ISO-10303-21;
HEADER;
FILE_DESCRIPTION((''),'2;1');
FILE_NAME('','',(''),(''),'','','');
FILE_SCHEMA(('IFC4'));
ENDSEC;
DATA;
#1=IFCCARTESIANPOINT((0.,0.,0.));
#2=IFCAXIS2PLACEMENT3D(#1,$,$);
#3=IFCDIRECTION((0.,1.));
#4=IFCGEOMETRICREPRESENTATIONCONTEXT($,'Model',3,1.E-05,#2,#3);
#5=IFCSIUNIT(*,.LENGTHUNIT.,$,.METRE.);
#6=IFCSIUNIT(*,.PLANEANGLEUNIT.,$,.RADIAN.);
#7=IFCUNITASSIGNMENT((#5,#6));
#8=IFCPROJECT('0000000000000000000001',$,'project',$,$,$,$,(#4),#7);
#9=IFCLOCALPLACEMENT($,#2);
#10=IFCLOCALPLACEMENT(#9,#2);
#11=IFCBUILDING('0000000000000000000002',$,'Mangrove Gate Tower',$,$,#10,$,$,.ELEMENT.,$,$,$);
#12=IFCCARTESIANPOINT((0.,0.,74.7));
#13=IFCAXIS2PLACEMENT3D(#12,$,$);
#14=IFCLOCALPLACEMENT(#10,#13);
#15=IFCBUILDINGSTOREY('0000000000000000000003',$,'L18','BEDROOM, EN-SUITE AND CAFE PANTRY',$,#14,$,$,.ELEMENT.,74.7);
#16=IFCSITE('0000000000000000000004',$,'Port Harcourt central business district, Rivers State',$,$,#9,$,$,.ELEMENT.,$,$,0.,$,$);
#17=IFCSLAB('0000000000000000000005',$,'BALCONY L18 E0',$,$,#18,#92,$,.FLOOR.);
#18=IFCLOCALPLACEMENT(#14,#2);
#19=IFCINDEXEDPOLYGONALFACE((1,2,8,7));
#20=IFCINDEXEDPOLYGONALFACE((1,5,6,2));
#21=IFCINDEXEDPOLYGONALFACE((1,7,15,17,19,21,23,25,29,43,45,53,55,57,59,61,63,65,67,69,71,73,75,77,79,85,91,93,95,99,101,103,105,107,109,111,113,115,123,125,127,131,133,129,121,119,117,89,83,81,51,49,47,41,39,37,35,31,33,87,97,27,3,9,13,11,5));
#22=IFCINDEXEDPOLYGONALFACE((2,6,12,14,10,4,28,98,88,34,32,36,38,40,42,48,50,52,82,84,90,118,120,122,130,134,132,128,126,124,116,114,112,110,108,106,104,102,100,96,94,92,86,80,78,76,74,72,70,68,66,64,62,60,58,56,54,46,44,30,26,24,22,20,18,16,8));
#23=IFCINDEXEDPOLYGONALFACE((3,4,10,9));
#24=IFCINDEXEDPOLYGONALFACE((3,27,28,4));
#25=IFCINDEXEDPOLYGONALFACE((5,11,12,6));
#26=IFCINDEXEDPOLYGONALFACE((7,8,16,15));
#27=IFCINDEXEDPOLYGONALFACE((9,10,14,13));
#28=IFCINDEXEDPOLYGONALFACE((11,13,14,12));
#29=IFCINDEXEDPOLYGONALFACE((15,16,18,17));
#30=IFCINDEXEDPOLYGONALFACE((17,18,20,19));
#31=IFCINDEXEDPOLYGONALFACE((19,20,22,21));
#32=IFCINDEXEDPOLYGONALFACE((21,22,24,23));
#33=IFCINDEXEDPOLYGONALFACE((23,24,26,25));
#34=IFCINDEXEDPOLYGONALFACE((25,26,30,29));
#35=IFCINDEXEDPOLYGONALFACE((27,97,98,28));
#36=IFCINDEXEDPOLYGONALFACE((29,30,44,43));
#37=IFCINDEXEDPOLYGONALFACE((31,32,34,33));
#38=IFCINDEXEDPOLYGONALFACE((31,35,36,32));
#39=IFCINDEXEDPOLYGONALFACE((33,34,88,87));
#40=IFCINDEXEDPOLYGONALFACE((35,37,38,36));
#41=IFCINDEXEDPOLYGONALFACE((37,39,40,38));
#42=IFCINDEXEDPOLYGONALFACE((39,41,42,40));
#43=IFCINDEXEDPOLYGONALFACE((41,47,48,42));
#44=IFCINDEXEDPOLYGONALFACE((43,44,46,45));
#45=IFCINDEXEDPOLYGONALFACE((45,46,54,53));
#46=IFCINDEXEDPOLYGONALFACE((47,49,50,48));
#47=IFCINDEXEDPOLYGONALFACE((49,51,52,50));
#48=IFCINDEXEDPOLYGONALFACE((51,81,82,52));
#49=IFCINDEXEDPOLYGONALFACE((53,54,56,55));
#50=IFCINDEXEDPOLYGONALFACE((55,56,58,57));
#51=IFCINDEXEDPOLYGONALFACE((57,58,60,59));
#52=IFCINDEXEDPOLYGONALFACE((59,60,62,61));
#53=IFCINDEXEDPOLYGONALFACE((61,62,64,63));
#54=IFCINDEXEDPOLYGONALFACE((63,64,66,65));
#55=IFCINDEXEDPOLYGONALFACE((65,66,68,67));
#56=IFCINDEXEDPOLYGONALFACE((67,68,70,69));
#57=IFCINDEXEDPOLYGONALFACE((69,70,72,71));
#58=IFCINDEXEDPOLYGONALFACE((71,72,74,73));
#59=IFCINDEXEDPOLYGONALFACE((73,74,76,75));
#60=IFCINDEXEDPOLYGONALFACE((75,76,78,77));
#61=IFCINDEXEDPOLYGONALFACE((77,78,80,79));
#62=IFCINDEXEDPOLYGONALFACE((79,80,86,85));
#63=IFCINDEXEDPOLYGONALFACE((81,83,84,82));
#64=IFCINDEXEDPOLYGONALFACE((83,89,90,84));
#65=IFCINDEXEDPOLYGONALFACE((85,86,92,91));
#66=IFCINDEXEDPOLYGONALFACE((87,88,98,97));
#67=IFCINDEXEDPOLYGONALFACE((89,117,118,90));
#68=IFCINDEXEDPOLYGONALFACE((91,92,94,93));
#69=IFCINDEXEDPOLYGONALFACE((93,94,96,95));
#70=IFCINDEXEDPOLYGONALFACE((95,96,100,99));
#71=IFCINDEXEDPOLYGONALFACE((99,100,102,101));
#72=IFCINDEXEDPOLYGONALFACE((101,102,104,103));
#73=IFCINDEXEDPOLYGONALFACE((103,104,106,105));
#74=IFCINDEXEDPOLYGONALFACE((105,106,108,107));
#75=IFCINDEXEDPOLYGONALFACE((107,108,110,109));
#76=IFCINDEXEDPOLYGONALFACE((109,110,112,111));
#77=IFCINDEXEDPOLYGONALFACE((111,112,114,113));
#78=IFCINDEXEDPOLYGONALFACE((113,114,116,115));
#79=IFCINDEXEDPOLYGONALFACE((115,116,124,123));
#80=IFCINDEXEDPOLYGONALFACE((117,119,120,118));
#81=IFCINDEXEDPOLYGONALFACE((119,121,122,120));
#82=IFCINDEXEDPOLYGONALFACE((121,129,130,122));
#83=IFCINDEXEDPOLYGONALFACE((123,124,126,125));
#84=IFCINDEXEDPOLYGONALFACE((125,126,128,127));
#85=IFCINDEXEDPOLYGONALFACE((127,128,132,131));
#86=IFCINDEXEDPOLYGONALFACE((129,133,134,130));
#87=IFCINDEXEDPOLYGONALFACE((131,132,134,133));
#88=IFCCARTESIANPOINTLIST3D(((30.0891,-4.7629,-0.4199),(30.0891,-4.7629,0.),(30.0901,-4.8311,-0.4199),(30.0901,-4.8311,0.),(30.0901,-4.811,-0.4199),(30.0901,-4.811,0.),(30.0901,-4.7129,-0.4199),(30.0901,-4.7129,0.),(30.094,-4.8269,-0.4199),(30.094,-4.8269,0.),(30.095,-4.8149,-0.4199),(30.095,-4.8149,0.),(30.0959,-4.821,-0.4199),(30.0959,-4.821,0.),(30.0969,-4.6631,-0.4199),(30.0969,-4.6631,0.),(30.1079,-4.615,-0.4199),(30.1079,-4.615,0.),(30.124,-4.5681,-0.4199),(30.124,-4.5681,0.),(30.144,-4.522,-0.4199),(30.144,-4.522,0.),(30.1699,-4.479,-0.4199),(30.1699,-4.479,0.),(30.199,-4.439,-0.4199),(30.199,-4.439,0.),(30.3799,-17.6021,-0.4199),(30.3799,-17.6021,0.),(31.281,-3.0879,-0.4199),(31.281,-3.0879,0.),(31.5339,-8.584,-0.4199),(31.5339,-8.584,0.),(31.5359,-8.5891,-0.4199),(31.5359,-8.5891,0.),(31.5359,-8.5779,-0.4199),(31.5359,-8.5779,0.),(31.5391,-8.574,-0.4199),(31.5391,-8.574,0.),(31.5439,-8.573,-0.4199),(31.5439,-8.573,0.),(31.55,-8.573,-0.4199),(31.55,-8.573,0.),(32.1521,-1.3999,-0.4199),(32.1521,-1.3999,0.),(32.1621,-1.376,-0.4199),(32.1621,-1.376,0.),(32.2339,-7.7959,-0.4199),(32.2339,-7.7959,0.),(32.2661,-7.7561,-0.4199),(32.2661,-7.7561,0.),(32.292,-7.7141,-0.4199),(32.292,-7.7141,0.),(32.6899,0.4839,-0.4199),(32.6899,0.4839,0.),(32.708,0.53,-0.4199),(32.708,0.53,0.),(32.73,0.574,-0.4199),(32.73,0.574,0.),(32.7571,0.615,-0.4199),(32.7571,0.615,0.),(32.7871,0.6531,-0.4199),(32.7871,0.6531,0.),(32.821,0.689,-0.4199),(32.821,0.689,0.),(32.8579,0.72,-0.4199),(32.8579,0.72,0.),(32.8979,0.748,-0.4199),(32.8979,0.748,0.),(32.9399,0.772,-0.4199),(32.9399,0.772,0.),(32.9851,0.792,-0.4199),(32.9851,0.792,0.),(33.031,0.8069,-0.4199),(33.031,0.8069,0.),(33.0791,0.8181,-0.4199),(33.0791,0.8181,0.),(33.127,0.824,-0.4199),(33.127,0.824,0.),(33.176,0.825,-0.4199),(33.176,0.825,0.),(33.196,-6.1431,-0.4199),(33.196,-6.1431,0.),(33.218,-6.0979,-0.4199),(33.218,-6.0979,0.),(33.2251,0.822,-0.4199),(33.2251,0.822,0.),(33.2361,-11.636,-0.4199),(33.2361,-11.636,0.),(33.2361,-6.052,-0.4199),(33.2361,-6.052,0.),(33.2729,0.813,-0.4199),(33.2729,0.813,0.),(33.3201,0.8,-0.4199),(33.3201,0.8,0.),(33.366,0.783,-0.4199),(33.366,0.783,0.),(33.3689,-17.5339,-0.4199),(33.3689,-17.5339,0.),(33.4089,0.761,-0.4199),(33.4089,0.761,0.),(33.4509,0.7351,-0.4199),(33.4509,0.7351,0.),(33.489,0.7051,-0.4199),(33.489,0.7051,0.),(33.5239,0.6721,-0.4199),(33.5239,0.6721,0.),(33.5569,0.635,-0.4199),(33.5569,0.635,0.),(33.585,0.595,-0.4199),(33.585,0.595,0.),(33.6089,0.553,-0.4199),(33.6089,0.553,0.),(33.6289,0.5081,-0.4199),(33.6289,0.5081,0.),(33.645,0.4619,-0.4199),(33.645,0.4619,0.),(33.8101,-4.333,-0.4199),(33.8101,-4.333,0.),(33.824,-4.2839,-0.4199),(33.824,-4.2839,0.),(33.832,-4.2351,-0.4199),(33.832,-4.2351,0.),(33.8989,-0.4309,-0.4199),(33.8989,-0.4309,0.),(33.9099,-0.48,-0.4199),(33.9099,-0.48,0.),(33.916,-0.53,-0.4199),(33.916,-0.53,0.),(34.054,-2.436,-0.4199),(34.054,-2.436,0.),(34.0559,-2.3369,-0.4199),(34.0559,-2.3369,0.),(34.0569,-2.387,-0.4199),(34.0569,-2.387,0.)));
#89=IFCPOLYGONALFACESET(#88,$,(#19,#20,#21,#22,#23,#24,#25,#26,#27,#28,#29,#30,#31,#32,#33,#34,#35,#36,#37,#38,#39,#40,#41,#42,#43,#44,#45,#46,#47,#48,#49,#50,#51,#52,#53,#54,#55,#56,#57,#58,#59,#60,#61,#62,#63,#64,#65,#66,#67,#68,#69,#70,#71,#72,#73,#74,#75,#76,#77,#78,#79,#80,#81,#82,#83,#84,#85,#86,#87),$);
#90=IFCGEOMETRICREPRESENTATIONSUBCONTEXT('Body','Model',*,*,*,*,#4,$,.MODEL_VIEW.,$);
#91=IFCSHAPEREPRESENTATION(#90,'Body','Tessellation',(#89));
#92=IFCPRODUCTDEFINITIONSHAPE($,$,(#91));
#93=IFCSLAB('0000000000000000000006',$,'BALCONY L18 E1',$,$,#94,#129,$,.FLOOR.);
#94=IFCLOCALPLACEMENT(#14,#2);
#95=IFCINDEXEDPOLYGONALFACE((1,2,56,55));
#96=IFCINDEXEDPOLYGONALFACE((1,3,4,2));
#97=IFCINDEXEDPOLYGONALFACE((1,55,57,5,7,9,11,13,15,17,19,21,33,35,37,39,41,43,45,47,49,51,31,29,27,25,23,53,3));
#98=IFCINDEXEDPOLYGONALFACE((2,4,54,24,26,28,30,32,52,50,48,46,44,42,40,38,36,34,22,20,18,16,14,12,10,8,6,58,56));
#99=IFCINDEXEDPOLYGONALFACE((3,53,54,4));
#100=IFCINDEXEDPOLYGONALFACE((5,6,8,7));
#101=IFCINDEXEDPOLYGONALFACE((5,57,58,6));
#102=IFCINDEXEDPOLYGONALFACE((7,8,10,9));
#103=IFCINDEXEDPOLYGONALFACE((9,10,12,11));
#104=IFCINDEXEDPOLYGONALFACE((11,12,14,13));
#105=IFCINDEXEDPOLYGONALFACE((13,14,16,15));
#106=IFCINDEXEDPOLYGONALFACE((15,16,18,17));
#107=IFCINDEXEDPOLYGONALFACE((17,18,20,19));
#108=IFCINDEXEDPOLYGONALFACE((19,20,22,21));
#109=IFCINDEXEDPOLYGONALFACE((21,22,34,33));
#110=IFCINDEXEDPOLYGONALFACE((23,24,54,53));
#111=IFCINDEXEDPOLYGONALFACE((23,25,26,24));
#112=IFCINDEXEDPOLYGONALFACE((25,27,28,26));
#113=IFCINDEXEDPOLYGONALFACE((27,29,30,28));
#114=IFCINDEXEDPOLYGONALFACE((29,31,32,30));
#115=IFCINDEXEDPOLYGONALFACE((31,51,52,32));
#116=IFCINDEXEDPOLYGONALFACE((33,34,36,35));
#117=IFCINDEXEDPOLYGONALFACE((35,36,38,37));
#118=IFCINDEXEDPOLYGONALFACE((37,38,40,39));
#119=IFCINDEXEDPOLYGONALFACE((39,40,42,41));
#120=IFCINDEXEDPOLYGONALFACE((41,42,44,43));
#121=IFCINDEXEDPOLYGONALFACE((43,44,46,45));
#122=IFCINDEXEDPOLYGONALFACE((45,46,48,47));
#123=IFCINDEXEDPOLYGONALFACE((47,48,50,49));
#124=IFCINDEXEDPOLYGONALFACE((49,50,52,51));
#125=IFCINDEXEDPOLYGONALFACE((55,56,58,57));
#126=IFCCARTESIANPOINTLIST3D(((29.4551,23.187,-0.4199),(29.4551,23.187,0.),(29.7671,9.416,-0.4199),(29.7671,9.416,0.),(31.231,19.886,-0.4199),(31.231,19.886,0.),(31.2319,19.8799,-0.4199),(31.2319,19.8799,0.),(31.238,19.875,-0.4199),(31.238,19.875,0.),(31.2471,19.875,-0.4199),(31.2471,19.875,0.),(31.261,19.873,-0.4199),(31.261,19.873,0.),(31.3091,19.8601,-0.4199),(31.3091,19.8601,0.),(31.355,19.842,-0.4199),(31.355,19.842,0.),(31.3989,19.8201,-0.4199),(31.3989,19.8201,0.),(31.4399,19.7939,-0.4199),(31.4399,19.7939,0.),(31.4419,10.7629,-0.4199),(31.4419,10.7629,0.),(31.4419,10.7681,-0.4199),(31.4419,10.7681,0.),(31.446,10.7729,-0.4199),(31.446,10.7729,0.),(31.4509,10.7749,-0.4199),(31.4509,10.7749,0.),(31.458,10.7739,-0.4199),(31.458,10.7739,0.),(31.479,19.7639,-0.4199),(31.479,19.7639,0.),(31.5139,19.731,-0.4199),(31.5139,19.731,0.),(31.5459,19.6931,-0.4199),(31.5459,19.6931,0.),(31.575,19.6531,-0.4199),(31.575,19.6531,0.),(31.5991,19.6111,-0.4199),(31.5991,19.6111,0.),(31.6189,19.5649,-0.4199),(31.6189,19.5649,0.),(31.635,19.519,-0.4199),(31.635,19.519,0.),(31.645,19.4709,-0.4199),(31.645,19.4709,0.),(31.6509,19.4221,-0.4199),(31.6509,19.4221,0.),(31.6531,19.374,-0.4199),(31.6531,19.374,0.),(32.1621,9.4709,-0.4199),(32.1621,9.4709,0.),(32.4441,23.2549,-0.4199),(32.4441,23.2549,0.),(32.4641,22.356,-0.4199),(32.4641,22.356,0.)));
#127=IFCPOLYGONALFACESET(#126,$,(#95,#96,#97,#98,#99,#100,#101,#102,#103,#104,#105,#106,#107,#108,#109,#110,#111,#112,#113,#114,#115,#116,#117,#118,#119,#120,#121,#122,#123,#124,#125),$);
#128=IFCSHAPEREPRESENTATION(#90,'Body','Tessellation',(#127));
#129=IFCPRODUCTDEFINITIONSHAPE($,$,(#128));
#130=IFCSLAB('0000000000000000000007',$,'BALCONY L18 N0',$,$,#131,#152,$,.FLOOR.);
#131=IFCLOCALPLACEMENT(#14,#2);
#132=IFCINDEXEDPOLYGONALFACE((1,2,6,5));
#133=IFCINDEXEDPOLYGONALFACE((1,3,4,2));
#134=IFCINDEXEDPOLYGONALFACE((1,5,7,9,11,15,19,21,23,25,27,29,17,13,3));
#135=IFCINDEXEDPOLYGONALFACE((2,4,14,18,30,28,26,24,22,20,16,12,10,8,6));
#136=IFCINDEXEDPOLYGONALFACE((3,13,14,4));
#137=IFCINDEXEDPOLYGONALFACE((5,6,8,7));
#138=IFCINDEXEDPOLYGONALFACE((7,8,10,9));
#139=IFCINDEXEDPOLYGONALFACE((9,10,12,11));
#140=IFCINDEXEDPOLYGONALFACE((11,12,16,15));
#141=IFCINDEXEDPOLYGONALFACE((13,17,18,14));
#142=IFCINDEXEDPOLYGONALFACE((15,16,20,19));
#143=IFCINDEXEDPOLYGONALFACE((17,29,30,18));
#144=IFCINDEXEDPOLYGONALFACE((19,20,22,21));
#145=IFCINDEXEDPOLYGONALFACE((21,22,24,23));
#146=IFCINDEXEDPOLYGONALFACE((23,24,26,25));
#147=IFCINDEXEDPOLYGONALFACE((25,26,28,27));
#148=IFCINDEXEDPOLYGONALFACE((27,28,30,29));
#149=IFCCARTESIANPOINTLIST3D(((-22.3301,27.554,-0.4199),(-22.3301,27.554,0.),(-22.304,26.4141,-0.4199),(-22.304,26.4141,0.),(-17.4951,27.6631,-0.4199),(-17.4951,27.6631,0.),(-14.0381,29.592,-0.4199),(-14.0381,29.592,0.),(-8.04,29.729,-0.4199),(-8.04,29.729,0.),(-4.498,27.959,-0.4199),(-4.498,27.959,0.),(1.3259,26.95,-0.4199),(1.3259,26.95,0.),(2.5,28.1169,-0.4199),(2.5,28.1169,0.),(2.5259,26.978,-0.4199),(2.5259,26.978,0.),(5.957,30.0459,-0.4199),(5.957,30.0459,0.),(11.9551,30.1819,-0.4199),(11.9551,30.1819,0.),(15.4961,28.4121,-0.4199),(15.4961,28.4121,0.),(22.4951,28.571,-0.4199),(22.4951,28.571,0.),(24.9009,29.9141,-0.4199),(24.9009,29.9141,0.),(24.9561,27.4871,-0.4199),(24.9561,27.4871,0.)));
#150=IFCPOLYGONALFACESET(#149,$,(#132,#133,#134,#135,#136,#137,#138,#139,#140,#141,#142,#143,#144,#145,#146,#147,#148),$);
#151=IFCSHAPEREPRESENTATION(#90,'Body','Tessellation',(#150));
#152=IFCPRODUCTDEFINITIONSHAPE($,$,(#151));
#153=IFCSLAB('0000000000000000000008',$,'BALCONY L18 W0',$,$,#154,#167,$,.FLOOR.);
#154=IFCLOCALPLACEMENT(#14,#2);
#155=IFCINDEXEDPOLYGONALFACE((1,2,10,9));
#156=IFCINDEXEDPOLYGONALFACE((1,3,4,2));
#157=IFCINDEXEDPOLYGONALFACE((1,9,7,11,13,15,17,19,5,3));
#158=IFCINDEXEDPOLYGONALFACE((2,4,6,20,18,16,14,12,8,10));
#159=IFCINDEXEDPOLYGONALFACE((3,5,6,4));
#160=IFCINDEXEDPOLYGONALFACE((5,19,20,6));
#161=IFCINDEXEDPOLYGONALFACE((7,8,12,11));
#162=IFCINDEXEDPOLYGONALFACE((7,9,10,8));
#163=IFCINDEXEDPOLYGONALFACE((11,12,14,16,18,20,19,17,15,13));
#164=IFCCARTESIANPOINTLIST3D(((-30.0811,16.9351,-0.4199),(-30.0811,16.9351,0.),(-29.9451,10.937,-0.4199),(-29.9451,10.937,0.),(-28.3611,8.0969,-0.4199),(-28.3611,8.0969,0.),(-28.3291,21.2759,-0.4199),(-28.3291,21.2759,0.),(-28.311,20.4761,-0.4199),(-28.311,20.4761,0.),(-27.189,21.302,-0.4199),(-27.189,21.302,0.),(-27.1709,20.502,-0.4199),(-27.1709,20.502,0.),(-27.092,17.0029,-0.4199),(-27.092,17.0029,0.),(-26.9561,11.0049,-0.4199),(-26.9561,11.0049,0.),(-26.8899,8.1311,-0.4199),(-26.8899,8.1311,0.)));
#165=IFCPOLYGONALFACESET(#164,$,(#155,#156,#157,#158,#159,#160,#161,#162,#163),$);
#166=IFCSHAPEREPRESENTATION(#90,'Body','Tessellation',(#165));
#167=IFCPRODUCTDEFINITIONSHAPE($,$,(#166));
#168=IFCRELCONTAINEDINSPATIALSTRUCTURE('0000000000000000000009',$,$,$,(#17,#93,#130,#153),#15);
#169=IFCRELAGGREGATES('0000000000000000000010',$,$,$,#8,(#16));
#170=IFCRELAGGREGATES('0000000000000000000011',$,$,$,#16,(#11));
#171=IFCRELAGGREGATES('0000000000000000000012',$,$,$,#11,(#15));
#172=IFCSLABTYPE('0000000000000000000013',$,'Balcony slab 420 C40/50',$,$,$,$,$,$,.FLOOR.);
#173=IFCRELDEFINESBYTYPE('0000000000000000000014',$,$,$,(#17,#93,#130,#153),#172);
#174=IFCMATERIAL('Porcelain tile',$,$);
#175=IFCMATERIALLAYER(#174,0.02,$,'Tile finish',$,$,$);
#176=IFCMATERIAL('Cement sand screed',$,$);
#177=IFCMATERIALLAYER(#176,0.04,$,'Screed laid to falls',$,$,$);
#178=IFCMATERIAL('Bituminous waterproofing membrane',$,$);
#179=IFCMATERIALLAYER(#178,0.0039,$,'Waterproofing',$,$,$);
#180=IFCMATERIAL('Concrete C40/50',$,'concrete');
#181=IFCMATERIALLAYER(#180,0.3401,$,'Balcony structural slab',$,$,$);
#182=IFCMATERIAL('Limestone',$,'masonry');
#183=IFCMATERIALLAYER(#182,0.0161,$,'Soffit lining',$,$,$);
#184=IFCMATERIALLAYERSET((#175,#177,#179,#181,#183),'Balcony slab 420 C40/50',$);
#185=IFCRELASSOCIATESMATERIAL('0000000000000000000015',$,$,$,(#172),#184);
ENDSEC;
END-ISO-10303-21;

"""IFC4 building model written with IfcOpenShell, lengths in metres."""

from ifc_helpers import new_model, si_unit, direction, frame, origin, place, context, subcontext, project, spatial, polyline, outline, extrude, material, layer, layer_set, type_object, element, save


model = new_model("IFC4")

# Units and contexts
model_context = context("Model", 3, precision=1e-05, world=origin(), true_north=direction((0.0, 1.0)))
body_context = subcontext(model_context, "Body", "Model", "MODEL_VIEW")
ifc_project = project(units=[si_unit("LENGTHUNIT", "METRE"), si_unit("PLANEANGLEUNIT", "RADIAN")], contexts=[model_context])

# Site, building, storey
site_placement = place(None, origin())
site = spatial("IfcSite", under=ifc_project, at=site_placement, Name="Port Harcourt central business district, Rivers State", CompositionType="ELEMENT", RefElevation=0.0)
building_placement = place(site_placement, origin())
building = spatial("IfcBuilding", under=site, at=building_placement, Name="Mangrove Gate Tower", CompositionType="ELEMENT")
storey_placement = place(building_placement, frame((0.0, 0.0, 74.7)))
storey = spatial("IfcBuildingStorey", under=building, at=storey_placement, Name="L18", Description="BEDROOM, EN-SUITE AND CAFE PANTRY", CompositionType="ELEMENT", Elevation=74.7)

# Slabs
ifc_material_1 = material(Name="Porcelain tile")
ifc_layer_1 = layer(ifc_material_1, 0.02, Name="Tile finish")
ifc_material_2 = material(Name="Cement sand screed")
ifc_layer_2 = layer(ifc_material_2, 0.04, Name="Screed laid to falls")
ifc_material_3 = material(Name="Bituminous waterproofing membrane")
ifc_layer_3 = layer(ifc_material_3, 0.0039, Name="Waterproofing")
ifc_material_4 = material(Name="Concrete C40/50", Category="concrete")
ifc_layer_4 = layer(ifc_material_4, 0.3401, Name="Balcony structural slab")
ifc_material_5 = material(Name="Limestone", Category="masonry")
ifc_layer_5 = layer(ifc_material_5, 0.0161, Name="Soffit lining")
ifc_layer_set_1 = layer_set([ifc_layer_1, ifc_layer_2, ifc_layer_3, ifc_layer_4, ifc_layer_5], Name="Balcony slab 420 C40/50")
slab_type_1 = type_object("IfcSlabType", Name="Balcony slab 420 C40/50", PredefinedType="FLOOR", material=ifc_layer_set_1)
slab_1_placement = place(storey_placement, frame((0.0, 0.0, -0.4199)))
element("IfcSlab", 1, at=slab_1_placement, inside=storey, type_object=slab_type_1, Name="BALCONY L18 E0", PredefinedType="FLOOR", context=body_context, shape_type="SweptSolid", body=[
    extrude(outline(polyline([(30.095, -4.8149), (30.0959, -4.821), (30.094, -4.8269), (30.0901, -4.8311), (30.3799, -17.6021), (33.3689, -17.5339), (33.2361, -11.636), (31.5359, -8.5891), (31.5339, -8.584), (31.5359, -8.5779), (31.5391, -8.574), (31.5439, -8.573), (31.55, -8.573), (32.2339, -7.7959), (32.2661, -7.7561), (32.292, -7.7141), (33.196, -6.1431), (33.218, -6.0979), (33.2361, -6.052), (33.8101, -4.333), (33.824, -4.2839), (33.832, -4.2351), (34.054, -2.436), (34.0569, -2.387), (34.0559, -2.3369), (33.916, -0.53), (33.9099, -0.48), (33.8989, -0.4309), (33.645, 0.4619), (33.6289, 0.5081), (33.6089, 0.553), (33.585, 0.595), (33.5569, 0.635), (33.5239, 0.6721), (33.489, 0.7051), (33.4509, 0.7351), (33.4089, 0.761), (33.366, 0.783), (33.3201, 0.8), (33.2729, 0.813), (33.2251, 0.822), (33.176, 0.825), (33.127, 0.824), (33.0791, 0.8181), (33.031, 0.8069), (32.9851, 0.792), (32.9399, 0.772), (32.8979, 0.748), (32.8579, 0.72), (32.821, 0.689), (32.7871, 0.6531), (32.7571, 0.615), (32.73, 0.574), (32.708, 0.53), (32.6899, 0.4839), (32.1621, -1.376), (32.1521, -1.3999), (31.281, -3.0879), (30.199, -4.439), (30.1699, -4.479), (30.144, -4.522), (30.124, -4.5681), (30.1079, -4.615), (30.0969, -4.6631), (30.0901, -4.7129), (30.0891, -4.7629), (30.0901, -4.811), (30.095, -4.8149)])), origin(), (0.0, 0.0, 1.0), 0.4199),
])
slab_2_placement = place(storey_placement, frame((0.0, 0.0, -0.4199)))
element("IfcSlab", 2, at=slab_2_placement, inside=storey, type_object=slab_type_1, Name="BALCONY L18 E1", PredefinedType="FLOOR", context=body_context, shape_type="SweptSolid", body=[
    extrude(outline(polyline([(29.7671, 9.416), (32.1621, 9.4709), (31.4419, 10.7629), (31.4419, 10.7681), (31.446, 10.7729), (31.4509, 10.7749), (31.458, 10.7739), (31.6531, 19.374), (31.6509, 19.4221), (31.645, 19.4709), (31.635, 19.519), (31.6189, 19.5649), (31.5991, 19.6111), (31.575, 19.6531), (31.5459, 19.6931), (31.5139, 19.731), (31.479, 19.7639), (31.4399, 19.7939), (31.3989, 19.8201), (31.355, 19.842), (31.3091, 19.8601), (31.261, 19.873), (31.2471, 19.875), (31.238, 19.875), (31.2319, 19.8799), (31.231, 19.886), (32.4641, 22.356), (32.4441, 23.2549), (29.4551, 23.187), (29.7671, 9.416)])), origin(), (0.0, 0.0, 1.0), 0.4199),
])
slab_3_placement = place(storey_placement, frame((0.0, 0.0, -0.4199)))
element("IfcSlab", 3, at=slab_3_placement, inside=storey, type_object=slab_type_1, Name="BALCONY L18 N0", PredefinedType="FLOOR", context=body_context, shape_type="SweptSolid", body=[
    extrude(outline(polyline([(24.9009, 29.9141), (22.4951, 28.571), (15.4961, 28.4121), (11.9551, 30.1819), (5.957, 30.0459), (2.5, 28.1169), (-4.498, 27.959), (-8.04, 29.729), (-14.0381, 29.592), (-17.4951, 27.6631), (-22.3301, 27.554), (-22.304, 26.4141), (1.3259, 26.95), (2.5259, 26.978), (24.9561, 27.4871), (24.9009, 29.9141)])), origin(), (0.0, 0.0, 1.0), 0.4199),
])
slab_4_placement = place(storey_placement, frame((0.0, 0.0, -0.4199)))
element("IfcSlab", 4, at=slab_4_placement, inside=storey, type_object=slab_type_1, Name="BALCONY L18 W0", PredefinedType="FLOOR", context=body_context, shape_type="SweptSolid", body=[
    extrude(outline(polyline([(-28.3291, 21.2759), (-28.311, 20.4761), (-30.0811, 16.9351), (-29.9451, 10.937), (-28.3611, 8.0969), (-26.8899, 8.1311), (-26.9561, 11.0049), (-27.092, 17.0029), (-27.1709, 20.502), (-27.189, 21.302), (-28.3291, 21.2759)])), origin(), (0.0, 0.0, 1.0), 0.4199),
])

save(model, "model.ifc")
